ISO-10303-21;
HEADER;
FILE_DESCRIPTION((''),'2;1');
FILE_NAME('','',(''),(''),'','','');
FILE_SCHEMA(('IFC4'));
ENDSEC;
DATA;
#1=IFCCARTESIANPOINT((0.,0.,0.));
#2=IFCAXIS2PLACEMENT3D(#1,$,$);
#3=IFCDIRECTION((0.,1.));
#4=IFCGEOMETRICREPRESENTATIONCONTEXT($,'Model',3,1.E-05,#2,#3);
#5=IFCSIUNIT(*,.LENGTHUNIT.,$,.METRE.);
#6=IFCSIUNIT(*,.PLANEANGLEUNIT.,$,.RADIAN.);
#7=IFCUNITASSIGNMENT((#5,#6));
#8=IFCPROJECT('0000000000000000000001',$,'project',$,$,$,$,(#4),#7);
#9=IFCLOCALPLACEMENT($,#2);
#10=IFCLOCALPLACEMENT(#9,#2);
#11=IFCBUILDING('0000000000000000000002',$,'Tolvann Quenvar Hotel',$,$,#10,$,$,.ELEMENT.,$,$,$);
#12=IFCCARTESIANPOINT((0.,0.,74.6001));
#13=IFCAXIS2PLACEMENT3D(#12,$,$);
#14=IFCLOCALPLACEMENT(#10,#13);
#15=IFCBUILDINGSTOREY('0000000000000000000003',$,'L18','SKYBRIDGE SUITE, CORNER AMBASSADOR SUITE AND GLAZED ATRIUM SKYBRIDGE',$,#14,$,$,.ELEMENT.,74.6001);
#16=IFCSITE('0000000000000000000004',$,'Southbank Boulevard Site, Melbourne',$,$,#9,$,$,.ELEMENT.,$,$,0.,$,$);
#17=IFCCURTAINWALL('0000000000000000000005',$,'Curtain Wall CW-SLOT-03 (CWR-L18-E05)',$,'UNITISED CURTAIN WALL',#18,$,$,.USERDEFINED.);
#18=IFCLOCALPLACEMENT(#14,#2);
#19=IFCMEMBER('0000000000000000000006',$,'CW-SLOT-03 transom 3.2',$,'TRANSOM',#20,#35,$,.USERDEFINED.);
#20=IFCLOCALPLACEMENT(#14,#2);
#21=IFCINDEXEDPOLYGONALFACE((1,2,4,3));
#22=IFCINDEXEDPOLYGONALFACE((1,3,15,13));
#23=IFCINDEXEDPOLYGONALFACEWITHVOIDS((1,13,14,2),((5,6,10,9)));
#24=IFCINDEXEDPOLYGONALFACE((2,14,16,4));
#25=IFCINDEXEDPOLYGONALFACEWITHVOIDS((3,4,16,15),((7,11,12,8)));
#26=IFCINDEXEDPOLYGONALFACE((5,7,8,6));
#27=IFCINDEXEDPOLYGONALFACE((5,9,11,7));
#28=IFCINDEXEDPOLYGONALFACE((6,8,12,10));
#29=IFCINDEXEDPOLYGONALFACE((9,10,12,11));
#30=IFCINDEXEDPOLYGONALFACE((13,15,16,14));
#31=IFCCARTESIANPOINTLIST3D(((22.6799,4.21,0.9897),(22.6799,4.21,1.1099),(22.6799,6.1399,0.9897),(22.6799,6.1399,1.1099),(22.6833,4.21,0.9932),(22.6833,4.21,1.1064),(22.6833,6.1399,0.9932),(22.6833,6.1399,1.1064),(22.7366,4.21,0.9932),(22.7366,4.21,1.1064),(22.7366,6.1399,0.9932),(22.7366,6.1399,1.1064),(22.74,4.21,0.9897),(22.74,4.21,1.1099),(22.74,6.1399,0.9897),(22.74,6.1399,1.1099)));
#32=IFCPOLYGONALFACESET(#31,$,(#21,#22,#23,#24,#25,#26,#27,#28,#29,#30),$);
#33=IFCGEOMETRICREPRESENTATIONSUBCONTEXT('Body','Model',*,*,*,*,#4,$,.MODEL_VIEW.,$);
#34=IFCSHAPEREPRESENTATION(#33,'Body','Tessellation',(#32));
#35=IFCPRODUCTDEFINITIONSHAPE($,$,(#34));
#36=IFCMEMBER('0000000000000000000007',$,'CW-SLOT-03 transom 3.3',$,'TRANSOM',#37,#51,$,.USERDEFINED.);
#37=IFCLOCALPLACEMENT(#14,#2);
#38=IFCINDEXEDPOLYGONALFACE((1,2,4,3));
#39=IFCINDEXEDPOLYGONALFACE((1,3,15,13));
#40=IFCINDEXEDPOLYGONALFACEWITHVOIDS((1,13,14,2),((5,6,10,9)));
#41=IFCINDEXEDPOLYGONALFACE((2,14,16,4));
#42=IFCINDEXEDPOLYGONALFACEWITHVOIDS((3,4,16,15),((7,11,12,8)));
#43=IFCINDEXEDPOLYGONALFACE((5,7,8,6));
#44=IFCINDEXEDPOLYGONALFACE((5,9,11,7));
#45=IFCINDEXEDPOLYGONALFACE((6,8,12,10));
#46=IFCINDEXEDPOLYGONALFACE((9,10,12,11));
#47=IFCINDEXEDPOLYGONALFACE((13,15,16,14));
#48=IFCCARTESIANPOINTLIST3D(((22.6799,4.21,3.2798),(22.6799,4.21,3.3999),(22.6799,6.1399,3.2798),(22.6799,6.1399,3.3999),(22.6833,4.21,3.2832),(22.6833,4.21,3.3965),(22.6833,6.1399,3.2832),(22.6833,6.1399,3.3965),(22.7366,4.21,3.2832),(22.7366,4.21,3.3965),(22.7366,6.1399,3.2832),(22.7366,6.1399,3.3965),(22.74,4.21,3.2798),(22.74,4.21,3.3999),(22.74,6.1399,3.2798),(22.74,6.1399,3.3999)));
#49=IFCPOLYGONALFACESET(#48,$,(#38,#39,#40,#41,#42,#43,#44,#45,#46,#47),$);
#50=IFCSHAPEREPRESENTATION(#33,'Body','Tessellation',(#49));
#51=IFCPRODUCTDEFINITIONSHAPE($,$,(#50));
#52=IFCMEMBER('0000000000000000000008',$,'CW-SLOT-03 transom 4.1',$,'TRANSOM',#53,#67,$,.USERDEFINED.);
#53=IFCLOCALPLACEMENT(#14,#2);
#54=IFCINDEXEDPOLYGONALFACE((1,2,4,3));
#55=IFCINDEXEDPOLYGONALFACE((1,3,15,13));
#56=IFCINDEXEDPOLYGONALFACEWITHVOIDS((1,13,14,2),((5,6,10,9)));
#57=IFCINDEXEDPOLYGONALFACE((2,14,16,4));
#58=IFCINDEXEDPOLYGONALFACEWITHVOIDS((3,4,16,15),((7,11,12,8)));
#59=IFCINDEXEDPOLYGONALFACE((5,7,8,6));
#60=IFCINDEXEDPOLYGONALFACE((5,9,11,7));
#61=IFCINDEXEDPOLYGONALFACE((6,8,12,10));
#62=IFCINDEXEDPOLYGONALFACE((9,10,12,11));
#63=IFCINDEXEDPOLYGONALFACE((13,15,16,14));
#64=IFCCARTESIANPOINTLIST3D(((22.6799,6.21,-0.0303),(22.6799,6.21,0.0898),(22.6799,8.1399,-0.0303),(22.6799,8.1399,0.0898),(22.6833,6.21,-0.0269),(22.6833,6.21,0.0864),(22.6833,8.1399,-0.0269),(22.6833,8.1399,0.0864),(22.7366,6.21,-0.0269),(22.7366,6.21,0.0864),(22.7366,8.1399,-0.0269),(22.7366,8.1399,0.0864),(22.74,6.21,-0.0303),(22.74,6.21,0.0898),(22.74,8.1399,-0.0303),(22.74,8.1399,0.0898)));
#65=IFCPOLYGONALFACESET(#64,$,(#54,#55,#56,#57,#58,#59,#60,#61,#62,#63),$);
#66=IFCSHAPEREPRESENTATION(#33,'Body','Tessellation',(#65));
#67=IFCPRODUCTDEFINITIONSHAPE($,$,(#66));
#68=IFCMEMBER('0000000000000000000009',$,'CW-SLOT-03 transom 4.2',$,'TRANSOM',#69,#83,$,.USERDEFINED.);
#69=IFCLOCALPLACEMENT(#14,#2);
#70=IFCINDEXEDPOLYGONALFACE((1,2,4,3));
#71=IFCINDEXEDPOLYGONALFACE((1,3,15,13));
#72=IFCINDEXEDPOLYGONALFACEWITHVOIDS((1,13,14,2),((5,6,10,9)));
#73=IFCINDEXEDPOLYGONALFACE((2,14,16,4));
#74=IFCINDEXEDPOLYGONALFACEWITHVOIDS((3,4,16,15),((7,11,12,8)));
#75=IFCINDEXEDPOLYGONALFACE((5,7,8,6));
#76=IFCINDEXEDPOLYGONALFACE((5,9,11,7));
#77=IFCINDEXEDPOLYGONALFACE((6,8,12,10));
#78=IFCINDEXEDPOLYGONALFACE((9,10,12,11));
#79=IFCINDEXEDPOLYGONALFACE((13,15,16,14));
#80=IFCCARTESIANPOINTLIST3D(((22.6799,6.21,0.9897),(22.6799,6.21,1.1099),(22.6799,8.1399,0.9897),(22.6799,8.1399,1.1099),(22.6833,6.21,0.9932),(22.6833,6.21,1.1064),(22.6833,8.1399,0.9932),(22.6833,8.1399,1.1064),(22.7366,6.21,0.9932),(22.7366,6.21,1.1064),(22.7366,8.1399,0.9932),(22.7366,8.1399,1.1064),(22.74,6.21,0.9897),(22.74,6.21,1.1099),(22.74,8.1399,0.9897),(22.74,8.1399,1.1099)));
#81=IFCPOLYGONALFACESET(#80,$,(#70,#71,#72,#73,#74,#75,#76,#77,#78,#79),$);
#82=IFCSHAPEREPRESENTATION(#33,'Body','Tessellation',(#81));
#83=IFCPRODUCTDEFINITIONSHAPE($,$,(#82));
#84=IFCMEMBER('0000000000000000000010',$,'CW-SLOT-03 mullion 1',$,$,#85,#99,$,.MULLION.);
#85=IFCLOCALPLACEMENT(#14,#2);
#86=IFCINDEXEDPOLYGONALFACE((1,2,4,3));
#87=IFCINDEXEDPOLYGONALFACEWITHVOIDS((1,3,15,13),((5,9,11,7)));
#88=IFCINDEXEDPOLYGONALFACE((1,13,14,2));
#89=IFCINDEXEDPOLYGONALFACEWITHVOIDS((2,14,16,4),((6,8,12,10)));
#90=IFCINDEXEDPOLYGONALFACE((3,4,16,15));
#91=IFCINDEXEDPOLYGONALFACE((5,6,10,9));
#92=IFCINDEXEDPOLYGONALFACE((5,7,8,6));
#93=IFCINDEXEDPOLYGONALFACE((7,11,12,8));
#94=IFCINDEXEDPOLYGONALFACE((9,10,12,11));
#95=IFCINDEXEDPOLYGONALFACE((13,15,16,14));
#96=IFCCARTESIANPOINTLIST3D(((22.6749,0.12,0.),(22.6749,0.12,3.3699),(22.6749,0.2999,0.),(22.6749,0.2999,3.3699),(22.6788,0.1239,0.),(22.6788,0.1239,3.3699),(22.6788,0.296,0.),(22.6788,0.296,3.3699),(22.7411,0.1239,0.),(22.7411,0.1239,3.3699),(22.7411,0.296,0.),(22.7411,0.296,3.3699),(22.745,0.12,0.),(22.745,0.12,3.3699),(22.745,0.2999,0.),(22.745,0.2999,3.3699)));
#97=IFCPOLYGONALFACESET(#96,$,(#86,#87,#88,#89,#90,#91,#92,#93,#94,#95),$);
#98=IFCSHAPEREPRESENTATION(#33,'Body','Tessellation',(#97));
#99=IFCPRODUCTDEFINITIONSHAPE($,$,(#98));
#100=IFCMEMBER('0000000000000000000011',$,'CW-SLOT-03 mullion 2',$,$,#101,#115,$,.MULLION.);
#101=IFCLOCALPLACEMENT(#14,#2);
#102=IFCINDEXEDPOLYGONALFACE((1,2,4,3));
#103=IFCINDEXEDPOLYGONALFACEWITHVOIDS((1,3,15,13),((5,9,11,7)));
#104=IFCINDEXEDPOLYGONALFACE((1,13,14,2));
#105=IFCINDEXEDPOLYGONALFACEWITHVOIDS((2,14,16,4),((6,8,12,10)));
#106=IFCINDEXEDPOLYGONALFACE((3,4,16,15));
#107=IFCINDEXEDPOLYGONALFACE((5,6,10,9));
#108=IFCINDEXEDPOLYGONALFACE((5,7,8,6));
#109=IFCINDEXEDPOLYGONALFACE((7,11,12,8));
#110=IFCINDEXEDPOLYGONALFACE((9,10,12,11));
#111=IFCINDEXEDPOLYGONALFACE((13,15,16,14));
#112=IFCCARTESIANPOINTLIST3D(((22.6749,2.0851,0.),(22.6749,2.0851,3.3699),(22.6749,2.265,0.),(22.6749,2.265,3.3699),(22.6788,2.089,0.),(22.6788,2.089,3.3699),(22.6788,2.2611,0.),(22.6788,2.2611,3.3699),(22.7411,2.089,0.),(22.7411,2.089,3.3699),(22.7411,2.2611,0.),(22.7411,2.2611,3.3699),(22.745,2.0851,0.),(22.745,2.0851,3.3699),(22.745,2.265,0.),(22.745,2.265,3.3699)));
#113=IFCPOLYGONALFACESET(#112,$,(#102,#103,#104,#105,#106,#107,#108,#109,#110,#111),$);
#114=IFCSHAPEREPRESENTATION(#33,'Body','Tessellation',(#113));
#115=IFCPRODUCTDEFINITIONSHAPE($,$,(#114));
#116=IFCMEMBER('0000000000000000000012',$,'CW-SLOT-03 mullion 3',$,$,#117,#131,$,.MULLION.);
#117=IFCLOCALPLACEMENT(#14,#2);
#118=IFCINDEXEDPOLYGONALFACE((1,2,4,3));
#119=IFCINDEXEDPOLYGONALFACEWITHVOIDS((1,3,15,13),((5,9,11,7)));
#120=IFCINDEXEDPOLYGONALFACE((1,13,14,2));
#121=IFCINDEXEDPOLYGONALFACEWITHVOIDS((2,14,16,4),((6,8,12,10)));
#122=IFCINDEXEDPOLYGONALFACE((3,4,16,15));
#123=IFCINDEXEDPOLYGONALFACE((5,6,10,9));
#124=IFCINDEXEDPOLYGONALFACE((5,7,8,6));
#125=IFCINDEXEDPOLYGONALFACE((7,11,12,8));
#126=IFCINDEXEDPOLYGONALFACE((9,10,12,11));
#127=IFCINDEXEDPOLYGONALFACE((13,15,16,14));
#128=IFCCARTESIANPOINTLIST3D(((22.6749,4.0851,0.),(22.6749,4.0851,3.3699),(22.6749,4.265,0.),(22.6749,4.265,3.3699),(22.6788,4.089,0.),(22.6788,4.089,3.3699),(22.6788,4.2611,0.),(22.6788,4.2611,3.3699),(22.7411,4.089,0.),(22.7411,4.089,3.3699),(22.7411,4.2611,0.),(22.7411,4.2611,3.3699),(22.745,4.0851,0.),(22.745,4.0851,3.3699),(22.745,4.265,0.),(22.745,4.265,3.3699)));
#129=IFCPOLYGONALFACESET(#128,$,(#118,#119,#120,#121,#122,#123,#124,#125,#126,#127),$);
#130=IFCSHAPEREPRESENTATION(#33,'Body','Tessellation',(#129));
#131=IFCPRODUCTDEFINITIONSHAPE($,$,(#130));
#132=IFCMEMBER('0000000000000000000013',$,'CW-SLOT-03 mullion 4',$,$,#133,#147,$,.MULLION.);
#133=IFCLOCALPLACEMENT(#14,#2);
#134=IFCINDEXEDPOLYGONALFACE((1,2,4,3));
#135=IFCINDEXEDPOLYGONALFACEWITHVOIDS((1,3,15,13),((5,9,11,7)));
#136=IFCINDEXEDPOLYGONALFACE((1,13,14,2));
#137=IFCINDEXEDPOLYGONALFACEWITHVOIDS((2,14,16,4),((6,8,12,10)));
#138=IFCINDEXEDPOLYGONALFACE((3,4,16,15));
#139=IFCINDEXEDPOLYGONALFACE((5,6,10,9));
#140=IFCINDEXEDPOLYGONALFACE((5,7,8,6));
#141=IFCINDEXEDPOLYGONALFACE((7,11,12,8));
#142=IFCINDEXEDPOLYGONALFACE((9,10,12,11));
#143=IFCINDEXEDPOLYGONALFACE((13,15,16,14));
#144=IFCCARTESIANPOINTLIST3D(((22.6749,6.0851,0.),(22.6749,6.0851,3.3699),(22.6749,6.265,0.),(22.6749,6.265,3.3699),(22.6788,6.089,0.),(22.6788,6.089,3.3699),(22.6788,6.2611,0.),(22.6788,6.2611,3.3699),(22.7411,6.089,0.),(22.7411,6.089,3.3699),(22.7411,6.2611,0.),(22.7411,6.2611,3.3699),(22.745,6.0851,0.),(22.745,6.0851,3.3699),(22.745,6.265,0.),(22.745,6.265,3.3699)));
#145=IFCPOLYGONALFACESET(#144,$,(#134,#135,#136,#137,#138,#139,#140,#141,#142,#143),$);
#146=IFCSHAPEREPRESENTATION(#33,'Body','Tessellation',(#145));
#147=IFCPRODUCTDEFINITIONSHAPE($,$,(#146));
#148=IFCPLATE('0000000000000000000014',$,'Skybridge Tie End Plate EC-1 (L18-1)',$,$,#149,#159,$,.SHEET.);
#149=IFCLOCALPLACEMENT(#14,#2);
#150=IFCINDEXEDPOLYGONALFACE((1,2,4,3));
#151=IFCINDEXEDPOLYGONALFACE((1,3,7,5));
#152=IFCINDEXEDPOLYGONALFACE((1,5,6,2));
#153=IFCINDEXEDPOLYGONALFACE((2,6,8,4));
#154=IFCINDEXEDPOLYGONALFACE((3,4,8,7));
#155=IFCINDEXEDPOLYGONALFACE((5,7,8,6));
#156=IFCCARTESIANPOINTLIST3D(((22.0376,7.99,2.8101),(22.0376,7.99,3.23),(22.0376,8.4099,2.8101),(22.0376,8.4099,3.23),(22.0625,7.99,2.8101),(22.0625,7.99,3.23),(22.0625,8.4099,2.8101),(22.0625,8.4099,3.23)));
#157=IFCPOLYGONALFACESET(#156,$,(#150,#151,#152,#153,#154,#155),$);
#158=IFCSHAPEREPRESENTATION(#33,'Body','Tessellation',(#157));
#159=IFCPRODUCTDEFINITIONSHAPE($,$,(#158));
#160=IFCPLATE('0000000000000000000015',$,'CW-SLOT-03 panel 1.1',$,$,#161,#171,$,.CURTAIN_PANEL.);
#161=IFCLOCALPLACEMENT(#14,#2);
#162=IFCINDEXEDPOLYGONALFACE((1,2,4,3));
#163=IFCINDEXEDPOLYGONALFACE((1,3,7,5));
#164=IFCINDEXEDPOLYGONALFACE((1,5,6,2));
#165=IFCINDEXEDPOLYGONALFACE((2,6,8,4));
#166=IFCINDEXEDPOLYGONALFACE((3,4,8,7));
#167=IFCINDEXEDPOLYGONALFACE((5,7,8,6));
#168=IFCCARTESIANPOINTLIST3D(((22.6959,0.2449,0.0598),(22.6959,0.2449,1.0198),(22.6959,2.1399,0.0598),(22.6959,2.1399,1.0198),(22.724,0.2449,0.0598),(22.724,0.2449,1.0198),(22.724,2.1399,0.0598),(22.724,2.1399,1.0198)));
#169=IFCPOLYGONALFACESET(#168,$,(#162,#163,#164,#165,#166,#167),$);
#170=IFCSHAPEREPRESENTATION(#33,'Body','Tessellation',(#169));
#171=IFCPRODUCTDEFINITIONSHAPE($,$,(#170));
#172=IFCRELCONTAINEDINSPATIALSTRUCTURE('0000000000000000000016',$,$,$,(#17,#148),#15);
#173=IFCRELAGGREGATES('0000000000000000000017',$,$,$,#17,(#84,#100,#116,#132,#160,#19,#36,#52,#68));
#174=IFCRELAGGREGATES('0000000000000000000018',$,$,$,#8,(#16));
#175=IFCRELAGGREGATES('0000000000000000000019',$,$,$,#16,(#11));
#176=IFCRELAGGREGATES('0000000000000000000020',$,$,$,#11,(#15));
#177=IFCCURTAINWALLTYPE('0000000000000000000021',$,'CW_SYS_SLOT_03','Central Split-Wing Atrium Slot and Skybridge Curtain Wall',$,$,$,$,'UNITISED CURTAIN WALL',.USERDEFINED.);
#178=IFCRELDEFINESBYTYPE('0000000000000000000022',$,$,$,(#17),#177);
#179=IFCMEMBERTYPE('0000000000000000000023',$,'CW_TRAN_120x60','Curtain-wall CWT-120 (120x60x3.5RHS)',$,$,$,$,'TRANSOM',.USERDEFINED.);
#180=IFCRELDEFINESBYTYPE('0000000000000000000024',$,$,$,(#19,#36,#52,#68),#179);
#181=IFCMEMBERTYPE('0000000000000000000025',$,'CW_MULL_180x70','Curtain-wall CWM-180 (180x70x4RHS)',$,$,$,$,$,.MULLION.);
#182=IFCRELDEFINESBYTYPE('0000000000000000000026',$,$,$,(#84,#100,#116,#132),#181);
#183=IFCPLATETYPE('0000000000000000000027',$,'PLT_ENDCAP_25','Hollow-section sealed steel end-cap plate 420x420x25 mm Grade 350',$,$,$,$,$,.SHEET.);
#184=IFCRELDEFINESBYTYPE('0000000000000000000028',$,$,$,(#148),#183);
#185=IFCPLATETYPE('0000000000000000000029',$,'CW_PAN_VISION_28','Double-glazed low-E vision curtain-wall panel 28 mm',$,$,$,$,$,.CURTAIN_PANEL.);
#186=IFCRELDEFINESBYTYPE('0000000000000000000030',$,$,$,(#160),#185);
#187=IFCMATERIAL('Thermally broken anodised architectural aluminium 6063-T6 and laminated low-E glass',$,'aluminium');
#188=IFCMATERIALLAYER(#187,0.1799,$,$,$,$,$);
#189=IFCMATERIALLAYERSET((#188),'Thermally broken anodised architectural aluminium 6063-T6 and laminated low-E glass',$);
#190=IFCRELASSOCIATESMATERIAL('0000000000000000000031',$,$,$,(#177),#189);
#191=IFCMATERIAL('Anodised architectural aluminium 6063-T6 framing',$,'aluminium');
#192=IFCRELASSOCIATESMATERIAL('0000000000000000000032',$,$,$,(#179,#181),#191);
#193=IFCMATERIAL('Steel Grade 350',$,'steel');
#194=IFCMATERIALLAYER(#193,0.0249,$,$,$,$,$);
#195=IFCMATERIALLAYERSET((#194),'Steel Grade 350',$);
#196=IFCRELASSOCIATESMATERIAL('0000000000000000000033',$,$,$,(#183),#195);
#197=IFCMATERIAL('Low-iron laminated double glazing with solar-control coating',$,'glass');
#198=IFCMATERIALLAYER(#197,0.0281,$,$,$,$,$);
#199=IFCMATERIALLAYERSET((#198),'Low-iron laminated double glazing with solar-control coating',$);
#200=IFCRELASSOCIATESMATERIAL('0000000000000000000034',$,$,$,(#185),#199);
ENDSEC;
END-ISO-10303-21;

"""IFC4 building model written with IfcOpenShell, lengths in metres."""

from ifc_helpers import new_model, si_unit, direction, frame, origin, origin_2d, place, context, subcontext, project, spatial, rectangle, hollow_rectangle, extrude, source, transform, mapped, material, layer, layer_set, material_profile, profile_set, type_object, type_shapes, element, aggregate, save


model = new_model("IFC4")

# Units and contexts
model_context = context("Model", 3, precision=1e-05, world=origin(), true_north=direction((0.0, 1.0)))
body_context = subcontext(model_context, "Body", "Model", "MODEL_VIEW")
ifc_project = project(units=[si_unit("LENGTHUNIT", "METRE"), si_unit("PLANEANGLEUNIT", "RADIAN")], contexts=[model_context])

# Site, building, storey
site_placement = place(None, origin())
site = spatial("IfcSite", under=ifc_project, at=site_placement, Name="Southbank Boulevard Site, Melbourne", CompositionType="ELEMENT", RefElevation=0.0)
building_placement = place(site_placement, origin())
building = spatial("IfcBuilding", under=site, at=building_placement, Name="Tolvann Quenvar Hotel", CompositionType="ELEMENT")
storey_placement = place(building_placement, frame((0.0, 0.0, 74.6001)))
storey = spatial("IfcBuildingStorey", under=building, at=storey_placement, Name="L18", Description="SKYBRIDGE SUITE, CORNER AMBASSADOR SUITE AND GLAZED ATRIUM SKYBRIDGE", CompositionType="ELEMENT", Elevation=74.6001)

# Shared definitions
ifc_material_1 = material(Name="Steel Grade 350", Category="steel")

# Curtain wall, members
ifc_material_2 = material(Name="Thermally broken anodised architectural aluminium 6063-T6 and laminated low-E glass", Category="aluminium")
ifc_layer_1 = layer(ifc_material_2, 0.1799)
ifc_layer_set_1 = layer_set([ifc_layer_1], Name="Thermally broken anodised architectural aluminium 6063-T6 and laminated low-E glass")
curtain_wall_type = type_object("IfcCurtainWallType", Name="CW_SYS_SLOT_03", Description="Central Split-Wing Atrium Slot and Skybridge Curtain Wall", ElementType="UNITISED CURTAIN WALL", PredefinedType="USERDEFINED", material=ifc_layer_set_1)
curtain_wall_placement = place(storey_placement, origin())
curtain_wall = element("IfcCurtainWall", 1, at=curtain_wall_placement, inside=storey, type_object=curtain_wall_type, Name="Curtain Wall CW-SLOT-03 (CWR-L18-E05)", ObjectType="UNITISED CURTAIN WALL", PredefinedType="USERDEFINED")
ifc_material_3 = material(Name="Anodised architectural aluminium 6063-T6 framing", Category="aluminium")
ifc_material_profile_1 = material_profile(ifc_material_3, hollow_rectangle(XDim=0.0601, YDim=0.1201, WallThickness=0.0034, at=origin_2d()), Name="120x60x3.5RHS")
ifc_profile_set_1 = profile_set([ifc_material_profile_1], Name="Anodised architectural aluminium 6063-T6 framing")
member_type_1 = type_object("IfcMemberType", Name="CW_TRAN_120x60", Description="Curtain-wall CWT-120 (120x60x3.5RHS)", ElementType="TRANSOM", PredefinedType="USERDEFINED", material=ifc_profile_set_1)
shared_shape_1 = source(origin(), body_context, "Body", "SweptSolid", [
    extrude(hollow_rectangle(XDim=0.0601, YDim=0.1201, WallThickness=0.0034, at=origin_2d()), origin(), (0.0, 0.0, 1.0), 1.9299),
])
member_1_placement = place(storey_placement, frame((22.71, 4.21, 1.0498), z_axis=(0.0, 1.0, 0.0), x_axis=(-1.0, 0.0, 0.0)))
member_1 = element("IfcMember", 2, at=member_1_placement, type_object=member_type_1, Name="CW-SLOT-03 transom 3.2", ObjectType="TRANSOM", PredefinedType="USERDEFINED", context=body_context, shape_type="MappedRepresentation", body=[
    mapped(shared_shape_1, transform((0.0, 0.0, 0.0), x_axis=(1.0, 0.0, 0.0), y_axis=(0.0, 1.0, 0.0), z_axis=(0.0, 0.0, 1.0), scale=1.0)),
])
member_2_placement = place(storey_placement, frame((22.71, 4.21, 3.3398), z_axis=(0.0, 1.0, 0.0), x_axis=(-1.0, 0.0, 0.0)))
member_2 = element("IfcMember", 3, at=member_2_placement, type_object=member_type_1, Name="CW-SLOT-03 transom 3.3", ObjectType="TRANSOM", PredefinedType="USERDEFINED", context=body_context, shape_type="MappedRepresentation", body=[
    mapped(shared_shape_1, transform((0.0, 0.0, 0.0), x_axis=(1.0, 0.0, 0.0), y_axis=(0.0, 1.0, 0.0), z_axis=(0.0, 0.0, 1.0), scale=1.0)),
])
member_3_placement = place(storey_placement, frame((22.71, 6.21, 0.0298), z_axis=(0.0, 1.0, 0.0), x_axis=(-1.0, 0.0, 0.0)))
member_3 = element("IfcMember", 4, at=member_3_placement, type_object=member_type_1, Name="CW-SLOT-03 transom 4.1", ObjectType="TRANSOM", PredefinedType="USERDEFINED", context=body_context, shape_type="MappedRepresentation", body=[
    mapped(shared_shape_1, transform((0.0, 0.0, 0.0), x_axis=(1.0, 0.0, 0.0), y_axis=(0.0, 1.0, 0.0), z_axis=(0.0, 0.0, 1.0), scale=1.0)),
])
member_4_placement = place(storey_placement, frame((22.71, 6.21, 1.0498), z_axis=(0.0, 1.0, 0.0), x_axis=(-1.0, 0.0, 0.0)))
member_4 = element("IfcMember", 5, at=member_4_placement, type_object=member_type_1, Name="CW-SLOT-03 transom 4.2", ObjectType="TRANSOM", PredefinedType="USERDEFINED", context=body_context, shape_type="MappedRepresentation", body=[
    mapped(shared_shape_1, transform((0.0, 0.0, 0.0), x_axis=(1.0, 0.0, 0.0), y_axis=(0.0, 1.0, 0.0), z_axis=(0.0, 0.0, 1.0), scale=1.0)),
])
ifc_material_profile_2 = material_profile(ifc_material_3, hollow_rectangle(XDim=0.0701, YDim=0.1799, WallThickness=0.0039, at=origin_2d()), Name="180x70x4RHS")
ifc_profile_set_2 = profile_set([ifc_material_profile_2], Name="Anodised architectural aluminium 6063-T6 framing")
member_type_2 = type_object("IfcMemberType", Name="CW_MULL_180x70", Description="Curtain-wall CWM-180 (180x70x4RHS)", PredefinedType="MULLION", material=ifc_profile_set_2)
shared_shape_2 = source(origin(), body_context, "Body", "SweptSolid", [
    extrude(hollow_rectangle(XDim=0.0701, YDim=0.1799, WallThickness=0.0039, at=origin_2d()), origin(), (0.0, 0.0, 1.0), 3.3699),
])
type_shapes(member_type_2, [shared_shape_2])
member_5_placement = place(storey_placement, frame((22.71, 0.21, 0.0), z_axis=(0.0, 0.0, 1.0), x_axis=(-1.0, 0.0, 0.0)))
member_5 = element("IfcMember", 6, at=member_5_placement, type_object=member_type_2, Name="CW-SLOT-03 mullion 1", PredefinedType="MULLION", context=body_context, shape_type="MappedRepresentation", body=[
    mapped(shared_shape_2, transform((0.0, 0.0, 0.0), x_axis=(1.0, 0.0, 0.0), y_axis=(0.0, 1.0, 0.0), z_axis=(0.0, 0.0, 1.0), scale=1.0)),
])
member_6_placement = place(storey_placement, frame((22.71, 2.175, 0.0), z_axis=(0.0, 0.0, 1.0), x_axis=(-1.0, 0.0, 0.0)))
member_6 = element("IfcMember", 7, at=member_6_placement, type_object=member_type_2, Name="CW-SLOT-03 mullion 2", PredefinedType="MULLION", context=body_context, shape_type="MappedRepresentation", body=[
    mapped(shared_shape_2, transform((0.0, 0.0, 0.0), x_axis=(1.0, 0.0, 0.0), y_axis=(0.0, 1.0, 0.0), z_axis=(0.0, 0.0, 1.0), scale=1.0)),
])
member_7_placement = place(storey_placement, frame((22.71, 4.175, 0.0), z_axis=(0.0, 0.0, 1.0), x_axis=(-1.0, 0.0, 0.0)))
member_7 = element("IfcMember", 8, at=member_7_placement, type_object=member_type_2, Name="CW-SLOT-03 mullion 3", PredefinedType="MULLION", context=body_context, shape_type="MappedRepresentation", body=[
    mapped(shared_shape_2, transform((0.0, 0.0, 0.0), x_axis=(1.0, 0.0, 0.0), y_axis=(0.0, 1.0, 0.0), z_axis=(0.0, 0.0, 1.0), scale=1.0)),
])
member_8_placement = place(storey_placement, frame((22.71, 6.175, 0.0), z_axis=(0.0, 0.0, 1.0), x_axis=(-1.0, 0.0, 0.0)))
member_8 = element("IfcMember", 9, at=member_8_placement, type_object=member_type_2, Name="CW-SLOT-03 mullion 4", PredefinedType="MULLION", context=body_context, shape_type="MappedRepresentation", body=[
    mapped(shared_shape_2, transform((0.0, 0.0, 0.0), x_axis=(1.0, 0.0, 0.0), y_axis=(0.0, 1.0, 0.0), z_axis=(0.0, 0.0, 1.0), scale=1.0)),
])

# Plates
ifc_layer_2 = layer(ifc_material_1, 0.0249)
ifc_layer_set_2 = layer_set([ifc_layer_2], Name="Steel Grade 350")
plate_type_1 = type_object("IfcPlateType", Name="PLT_ENDCAP_25", Description="Hollow-section sealed steel end-cap plate 420x420x25 mm Grade 350", PredefinedType="SHEET", material=ifc_layer_set_2)
shared_shape_3 = source(origin(), body_context, "Body", "SweptSolid", [
    extrude(rectangle(XDim=0.0249, YDim=0.4199, at=origin_2d()), origin(), (0.0, 0.0, 1.0), 0.4199),
])
type_shapes(plate_type_1, [shared_shape_3])
plate_1_placement = place(storey_placement, frame((22.05, 8.2, 2.8101), z_axis=(0.0, 0.0, 1.0), x_axis=(1.0, 0.0, 0.0)))
element("IfcPlate", 10, at=plate_1_placement, inside=storey, type_object=plate_type_1, Name="Skybridge Tie End Plate EC-1 (L18-1)", PredefinedType="SHEET", context=body_context, shape_type="MappedRepresentation", body=[
    mapped(shared_shape_3, transform((0.0, 0.0, 0.0), x_axis=(1.0, 0.0, 0.0), y_axis=(0.0, 1.0, 0.0), z_axis=(0.0, 0.0, 1.0), scale=1.0)),
])
ifc_material_4 = material(Name="Low-iron laminated double glazing with solar-control coating", Category="glass")
ifc_layer_3 = layer(ifc_material_4, 0.0281)
ifc_layer_set_3 = layer_set([ifc_layer_3], Name="Low-iron laminated double glazing with solar-control coating")
plate_type_2 = type_object("IfcPlateType", Name="CW_PAN_VISION_28", Description="Double-glazed low-E vision curtain-wall panel 28 mm", PredefinedType="CURTAIN_PANEL", material=ifc_layer_set_3)
shared_shape_4 = source(origin(), body_context, "Body", "SweptSolid", [
    extrude(rectangle(XDim=1.895, YDim=0.0281, at=origin_2d()), origin(), (0.0, 0.0, 1.0), 0.96),
])
plate_2_placement = place(storey_placement, frame((22.71, 1.1924, 0.0598), z_axis=(0.0, 0.0, 1.0), x_axis=(0.0, 1.0, 0.0)))
plate_2 = element("IfcPlate", 11, at=plate_2_placement, type_object=plate_type_2, Name="CW-SLOT-03 panel 1.1", PredefinedType="CURTAIN_PANEL", context=body_context, shape_type="MappedRepresentation", body=[
    mapped(shared_shape_4, transform((0.0, 0.0, 0.0), x_axis=(1.0, 0.0, 0.0), y_axis=(0.0, 1.0, 0.0), z_axis=(0.0, 0.0, 1.0), scale=1.0)),
])
aggregate(curtain_wall, [member_5, member_6, member_7, member_8, plate_2, member_1, member_2, member_3, member_4])

save(model, "model.ifc")
